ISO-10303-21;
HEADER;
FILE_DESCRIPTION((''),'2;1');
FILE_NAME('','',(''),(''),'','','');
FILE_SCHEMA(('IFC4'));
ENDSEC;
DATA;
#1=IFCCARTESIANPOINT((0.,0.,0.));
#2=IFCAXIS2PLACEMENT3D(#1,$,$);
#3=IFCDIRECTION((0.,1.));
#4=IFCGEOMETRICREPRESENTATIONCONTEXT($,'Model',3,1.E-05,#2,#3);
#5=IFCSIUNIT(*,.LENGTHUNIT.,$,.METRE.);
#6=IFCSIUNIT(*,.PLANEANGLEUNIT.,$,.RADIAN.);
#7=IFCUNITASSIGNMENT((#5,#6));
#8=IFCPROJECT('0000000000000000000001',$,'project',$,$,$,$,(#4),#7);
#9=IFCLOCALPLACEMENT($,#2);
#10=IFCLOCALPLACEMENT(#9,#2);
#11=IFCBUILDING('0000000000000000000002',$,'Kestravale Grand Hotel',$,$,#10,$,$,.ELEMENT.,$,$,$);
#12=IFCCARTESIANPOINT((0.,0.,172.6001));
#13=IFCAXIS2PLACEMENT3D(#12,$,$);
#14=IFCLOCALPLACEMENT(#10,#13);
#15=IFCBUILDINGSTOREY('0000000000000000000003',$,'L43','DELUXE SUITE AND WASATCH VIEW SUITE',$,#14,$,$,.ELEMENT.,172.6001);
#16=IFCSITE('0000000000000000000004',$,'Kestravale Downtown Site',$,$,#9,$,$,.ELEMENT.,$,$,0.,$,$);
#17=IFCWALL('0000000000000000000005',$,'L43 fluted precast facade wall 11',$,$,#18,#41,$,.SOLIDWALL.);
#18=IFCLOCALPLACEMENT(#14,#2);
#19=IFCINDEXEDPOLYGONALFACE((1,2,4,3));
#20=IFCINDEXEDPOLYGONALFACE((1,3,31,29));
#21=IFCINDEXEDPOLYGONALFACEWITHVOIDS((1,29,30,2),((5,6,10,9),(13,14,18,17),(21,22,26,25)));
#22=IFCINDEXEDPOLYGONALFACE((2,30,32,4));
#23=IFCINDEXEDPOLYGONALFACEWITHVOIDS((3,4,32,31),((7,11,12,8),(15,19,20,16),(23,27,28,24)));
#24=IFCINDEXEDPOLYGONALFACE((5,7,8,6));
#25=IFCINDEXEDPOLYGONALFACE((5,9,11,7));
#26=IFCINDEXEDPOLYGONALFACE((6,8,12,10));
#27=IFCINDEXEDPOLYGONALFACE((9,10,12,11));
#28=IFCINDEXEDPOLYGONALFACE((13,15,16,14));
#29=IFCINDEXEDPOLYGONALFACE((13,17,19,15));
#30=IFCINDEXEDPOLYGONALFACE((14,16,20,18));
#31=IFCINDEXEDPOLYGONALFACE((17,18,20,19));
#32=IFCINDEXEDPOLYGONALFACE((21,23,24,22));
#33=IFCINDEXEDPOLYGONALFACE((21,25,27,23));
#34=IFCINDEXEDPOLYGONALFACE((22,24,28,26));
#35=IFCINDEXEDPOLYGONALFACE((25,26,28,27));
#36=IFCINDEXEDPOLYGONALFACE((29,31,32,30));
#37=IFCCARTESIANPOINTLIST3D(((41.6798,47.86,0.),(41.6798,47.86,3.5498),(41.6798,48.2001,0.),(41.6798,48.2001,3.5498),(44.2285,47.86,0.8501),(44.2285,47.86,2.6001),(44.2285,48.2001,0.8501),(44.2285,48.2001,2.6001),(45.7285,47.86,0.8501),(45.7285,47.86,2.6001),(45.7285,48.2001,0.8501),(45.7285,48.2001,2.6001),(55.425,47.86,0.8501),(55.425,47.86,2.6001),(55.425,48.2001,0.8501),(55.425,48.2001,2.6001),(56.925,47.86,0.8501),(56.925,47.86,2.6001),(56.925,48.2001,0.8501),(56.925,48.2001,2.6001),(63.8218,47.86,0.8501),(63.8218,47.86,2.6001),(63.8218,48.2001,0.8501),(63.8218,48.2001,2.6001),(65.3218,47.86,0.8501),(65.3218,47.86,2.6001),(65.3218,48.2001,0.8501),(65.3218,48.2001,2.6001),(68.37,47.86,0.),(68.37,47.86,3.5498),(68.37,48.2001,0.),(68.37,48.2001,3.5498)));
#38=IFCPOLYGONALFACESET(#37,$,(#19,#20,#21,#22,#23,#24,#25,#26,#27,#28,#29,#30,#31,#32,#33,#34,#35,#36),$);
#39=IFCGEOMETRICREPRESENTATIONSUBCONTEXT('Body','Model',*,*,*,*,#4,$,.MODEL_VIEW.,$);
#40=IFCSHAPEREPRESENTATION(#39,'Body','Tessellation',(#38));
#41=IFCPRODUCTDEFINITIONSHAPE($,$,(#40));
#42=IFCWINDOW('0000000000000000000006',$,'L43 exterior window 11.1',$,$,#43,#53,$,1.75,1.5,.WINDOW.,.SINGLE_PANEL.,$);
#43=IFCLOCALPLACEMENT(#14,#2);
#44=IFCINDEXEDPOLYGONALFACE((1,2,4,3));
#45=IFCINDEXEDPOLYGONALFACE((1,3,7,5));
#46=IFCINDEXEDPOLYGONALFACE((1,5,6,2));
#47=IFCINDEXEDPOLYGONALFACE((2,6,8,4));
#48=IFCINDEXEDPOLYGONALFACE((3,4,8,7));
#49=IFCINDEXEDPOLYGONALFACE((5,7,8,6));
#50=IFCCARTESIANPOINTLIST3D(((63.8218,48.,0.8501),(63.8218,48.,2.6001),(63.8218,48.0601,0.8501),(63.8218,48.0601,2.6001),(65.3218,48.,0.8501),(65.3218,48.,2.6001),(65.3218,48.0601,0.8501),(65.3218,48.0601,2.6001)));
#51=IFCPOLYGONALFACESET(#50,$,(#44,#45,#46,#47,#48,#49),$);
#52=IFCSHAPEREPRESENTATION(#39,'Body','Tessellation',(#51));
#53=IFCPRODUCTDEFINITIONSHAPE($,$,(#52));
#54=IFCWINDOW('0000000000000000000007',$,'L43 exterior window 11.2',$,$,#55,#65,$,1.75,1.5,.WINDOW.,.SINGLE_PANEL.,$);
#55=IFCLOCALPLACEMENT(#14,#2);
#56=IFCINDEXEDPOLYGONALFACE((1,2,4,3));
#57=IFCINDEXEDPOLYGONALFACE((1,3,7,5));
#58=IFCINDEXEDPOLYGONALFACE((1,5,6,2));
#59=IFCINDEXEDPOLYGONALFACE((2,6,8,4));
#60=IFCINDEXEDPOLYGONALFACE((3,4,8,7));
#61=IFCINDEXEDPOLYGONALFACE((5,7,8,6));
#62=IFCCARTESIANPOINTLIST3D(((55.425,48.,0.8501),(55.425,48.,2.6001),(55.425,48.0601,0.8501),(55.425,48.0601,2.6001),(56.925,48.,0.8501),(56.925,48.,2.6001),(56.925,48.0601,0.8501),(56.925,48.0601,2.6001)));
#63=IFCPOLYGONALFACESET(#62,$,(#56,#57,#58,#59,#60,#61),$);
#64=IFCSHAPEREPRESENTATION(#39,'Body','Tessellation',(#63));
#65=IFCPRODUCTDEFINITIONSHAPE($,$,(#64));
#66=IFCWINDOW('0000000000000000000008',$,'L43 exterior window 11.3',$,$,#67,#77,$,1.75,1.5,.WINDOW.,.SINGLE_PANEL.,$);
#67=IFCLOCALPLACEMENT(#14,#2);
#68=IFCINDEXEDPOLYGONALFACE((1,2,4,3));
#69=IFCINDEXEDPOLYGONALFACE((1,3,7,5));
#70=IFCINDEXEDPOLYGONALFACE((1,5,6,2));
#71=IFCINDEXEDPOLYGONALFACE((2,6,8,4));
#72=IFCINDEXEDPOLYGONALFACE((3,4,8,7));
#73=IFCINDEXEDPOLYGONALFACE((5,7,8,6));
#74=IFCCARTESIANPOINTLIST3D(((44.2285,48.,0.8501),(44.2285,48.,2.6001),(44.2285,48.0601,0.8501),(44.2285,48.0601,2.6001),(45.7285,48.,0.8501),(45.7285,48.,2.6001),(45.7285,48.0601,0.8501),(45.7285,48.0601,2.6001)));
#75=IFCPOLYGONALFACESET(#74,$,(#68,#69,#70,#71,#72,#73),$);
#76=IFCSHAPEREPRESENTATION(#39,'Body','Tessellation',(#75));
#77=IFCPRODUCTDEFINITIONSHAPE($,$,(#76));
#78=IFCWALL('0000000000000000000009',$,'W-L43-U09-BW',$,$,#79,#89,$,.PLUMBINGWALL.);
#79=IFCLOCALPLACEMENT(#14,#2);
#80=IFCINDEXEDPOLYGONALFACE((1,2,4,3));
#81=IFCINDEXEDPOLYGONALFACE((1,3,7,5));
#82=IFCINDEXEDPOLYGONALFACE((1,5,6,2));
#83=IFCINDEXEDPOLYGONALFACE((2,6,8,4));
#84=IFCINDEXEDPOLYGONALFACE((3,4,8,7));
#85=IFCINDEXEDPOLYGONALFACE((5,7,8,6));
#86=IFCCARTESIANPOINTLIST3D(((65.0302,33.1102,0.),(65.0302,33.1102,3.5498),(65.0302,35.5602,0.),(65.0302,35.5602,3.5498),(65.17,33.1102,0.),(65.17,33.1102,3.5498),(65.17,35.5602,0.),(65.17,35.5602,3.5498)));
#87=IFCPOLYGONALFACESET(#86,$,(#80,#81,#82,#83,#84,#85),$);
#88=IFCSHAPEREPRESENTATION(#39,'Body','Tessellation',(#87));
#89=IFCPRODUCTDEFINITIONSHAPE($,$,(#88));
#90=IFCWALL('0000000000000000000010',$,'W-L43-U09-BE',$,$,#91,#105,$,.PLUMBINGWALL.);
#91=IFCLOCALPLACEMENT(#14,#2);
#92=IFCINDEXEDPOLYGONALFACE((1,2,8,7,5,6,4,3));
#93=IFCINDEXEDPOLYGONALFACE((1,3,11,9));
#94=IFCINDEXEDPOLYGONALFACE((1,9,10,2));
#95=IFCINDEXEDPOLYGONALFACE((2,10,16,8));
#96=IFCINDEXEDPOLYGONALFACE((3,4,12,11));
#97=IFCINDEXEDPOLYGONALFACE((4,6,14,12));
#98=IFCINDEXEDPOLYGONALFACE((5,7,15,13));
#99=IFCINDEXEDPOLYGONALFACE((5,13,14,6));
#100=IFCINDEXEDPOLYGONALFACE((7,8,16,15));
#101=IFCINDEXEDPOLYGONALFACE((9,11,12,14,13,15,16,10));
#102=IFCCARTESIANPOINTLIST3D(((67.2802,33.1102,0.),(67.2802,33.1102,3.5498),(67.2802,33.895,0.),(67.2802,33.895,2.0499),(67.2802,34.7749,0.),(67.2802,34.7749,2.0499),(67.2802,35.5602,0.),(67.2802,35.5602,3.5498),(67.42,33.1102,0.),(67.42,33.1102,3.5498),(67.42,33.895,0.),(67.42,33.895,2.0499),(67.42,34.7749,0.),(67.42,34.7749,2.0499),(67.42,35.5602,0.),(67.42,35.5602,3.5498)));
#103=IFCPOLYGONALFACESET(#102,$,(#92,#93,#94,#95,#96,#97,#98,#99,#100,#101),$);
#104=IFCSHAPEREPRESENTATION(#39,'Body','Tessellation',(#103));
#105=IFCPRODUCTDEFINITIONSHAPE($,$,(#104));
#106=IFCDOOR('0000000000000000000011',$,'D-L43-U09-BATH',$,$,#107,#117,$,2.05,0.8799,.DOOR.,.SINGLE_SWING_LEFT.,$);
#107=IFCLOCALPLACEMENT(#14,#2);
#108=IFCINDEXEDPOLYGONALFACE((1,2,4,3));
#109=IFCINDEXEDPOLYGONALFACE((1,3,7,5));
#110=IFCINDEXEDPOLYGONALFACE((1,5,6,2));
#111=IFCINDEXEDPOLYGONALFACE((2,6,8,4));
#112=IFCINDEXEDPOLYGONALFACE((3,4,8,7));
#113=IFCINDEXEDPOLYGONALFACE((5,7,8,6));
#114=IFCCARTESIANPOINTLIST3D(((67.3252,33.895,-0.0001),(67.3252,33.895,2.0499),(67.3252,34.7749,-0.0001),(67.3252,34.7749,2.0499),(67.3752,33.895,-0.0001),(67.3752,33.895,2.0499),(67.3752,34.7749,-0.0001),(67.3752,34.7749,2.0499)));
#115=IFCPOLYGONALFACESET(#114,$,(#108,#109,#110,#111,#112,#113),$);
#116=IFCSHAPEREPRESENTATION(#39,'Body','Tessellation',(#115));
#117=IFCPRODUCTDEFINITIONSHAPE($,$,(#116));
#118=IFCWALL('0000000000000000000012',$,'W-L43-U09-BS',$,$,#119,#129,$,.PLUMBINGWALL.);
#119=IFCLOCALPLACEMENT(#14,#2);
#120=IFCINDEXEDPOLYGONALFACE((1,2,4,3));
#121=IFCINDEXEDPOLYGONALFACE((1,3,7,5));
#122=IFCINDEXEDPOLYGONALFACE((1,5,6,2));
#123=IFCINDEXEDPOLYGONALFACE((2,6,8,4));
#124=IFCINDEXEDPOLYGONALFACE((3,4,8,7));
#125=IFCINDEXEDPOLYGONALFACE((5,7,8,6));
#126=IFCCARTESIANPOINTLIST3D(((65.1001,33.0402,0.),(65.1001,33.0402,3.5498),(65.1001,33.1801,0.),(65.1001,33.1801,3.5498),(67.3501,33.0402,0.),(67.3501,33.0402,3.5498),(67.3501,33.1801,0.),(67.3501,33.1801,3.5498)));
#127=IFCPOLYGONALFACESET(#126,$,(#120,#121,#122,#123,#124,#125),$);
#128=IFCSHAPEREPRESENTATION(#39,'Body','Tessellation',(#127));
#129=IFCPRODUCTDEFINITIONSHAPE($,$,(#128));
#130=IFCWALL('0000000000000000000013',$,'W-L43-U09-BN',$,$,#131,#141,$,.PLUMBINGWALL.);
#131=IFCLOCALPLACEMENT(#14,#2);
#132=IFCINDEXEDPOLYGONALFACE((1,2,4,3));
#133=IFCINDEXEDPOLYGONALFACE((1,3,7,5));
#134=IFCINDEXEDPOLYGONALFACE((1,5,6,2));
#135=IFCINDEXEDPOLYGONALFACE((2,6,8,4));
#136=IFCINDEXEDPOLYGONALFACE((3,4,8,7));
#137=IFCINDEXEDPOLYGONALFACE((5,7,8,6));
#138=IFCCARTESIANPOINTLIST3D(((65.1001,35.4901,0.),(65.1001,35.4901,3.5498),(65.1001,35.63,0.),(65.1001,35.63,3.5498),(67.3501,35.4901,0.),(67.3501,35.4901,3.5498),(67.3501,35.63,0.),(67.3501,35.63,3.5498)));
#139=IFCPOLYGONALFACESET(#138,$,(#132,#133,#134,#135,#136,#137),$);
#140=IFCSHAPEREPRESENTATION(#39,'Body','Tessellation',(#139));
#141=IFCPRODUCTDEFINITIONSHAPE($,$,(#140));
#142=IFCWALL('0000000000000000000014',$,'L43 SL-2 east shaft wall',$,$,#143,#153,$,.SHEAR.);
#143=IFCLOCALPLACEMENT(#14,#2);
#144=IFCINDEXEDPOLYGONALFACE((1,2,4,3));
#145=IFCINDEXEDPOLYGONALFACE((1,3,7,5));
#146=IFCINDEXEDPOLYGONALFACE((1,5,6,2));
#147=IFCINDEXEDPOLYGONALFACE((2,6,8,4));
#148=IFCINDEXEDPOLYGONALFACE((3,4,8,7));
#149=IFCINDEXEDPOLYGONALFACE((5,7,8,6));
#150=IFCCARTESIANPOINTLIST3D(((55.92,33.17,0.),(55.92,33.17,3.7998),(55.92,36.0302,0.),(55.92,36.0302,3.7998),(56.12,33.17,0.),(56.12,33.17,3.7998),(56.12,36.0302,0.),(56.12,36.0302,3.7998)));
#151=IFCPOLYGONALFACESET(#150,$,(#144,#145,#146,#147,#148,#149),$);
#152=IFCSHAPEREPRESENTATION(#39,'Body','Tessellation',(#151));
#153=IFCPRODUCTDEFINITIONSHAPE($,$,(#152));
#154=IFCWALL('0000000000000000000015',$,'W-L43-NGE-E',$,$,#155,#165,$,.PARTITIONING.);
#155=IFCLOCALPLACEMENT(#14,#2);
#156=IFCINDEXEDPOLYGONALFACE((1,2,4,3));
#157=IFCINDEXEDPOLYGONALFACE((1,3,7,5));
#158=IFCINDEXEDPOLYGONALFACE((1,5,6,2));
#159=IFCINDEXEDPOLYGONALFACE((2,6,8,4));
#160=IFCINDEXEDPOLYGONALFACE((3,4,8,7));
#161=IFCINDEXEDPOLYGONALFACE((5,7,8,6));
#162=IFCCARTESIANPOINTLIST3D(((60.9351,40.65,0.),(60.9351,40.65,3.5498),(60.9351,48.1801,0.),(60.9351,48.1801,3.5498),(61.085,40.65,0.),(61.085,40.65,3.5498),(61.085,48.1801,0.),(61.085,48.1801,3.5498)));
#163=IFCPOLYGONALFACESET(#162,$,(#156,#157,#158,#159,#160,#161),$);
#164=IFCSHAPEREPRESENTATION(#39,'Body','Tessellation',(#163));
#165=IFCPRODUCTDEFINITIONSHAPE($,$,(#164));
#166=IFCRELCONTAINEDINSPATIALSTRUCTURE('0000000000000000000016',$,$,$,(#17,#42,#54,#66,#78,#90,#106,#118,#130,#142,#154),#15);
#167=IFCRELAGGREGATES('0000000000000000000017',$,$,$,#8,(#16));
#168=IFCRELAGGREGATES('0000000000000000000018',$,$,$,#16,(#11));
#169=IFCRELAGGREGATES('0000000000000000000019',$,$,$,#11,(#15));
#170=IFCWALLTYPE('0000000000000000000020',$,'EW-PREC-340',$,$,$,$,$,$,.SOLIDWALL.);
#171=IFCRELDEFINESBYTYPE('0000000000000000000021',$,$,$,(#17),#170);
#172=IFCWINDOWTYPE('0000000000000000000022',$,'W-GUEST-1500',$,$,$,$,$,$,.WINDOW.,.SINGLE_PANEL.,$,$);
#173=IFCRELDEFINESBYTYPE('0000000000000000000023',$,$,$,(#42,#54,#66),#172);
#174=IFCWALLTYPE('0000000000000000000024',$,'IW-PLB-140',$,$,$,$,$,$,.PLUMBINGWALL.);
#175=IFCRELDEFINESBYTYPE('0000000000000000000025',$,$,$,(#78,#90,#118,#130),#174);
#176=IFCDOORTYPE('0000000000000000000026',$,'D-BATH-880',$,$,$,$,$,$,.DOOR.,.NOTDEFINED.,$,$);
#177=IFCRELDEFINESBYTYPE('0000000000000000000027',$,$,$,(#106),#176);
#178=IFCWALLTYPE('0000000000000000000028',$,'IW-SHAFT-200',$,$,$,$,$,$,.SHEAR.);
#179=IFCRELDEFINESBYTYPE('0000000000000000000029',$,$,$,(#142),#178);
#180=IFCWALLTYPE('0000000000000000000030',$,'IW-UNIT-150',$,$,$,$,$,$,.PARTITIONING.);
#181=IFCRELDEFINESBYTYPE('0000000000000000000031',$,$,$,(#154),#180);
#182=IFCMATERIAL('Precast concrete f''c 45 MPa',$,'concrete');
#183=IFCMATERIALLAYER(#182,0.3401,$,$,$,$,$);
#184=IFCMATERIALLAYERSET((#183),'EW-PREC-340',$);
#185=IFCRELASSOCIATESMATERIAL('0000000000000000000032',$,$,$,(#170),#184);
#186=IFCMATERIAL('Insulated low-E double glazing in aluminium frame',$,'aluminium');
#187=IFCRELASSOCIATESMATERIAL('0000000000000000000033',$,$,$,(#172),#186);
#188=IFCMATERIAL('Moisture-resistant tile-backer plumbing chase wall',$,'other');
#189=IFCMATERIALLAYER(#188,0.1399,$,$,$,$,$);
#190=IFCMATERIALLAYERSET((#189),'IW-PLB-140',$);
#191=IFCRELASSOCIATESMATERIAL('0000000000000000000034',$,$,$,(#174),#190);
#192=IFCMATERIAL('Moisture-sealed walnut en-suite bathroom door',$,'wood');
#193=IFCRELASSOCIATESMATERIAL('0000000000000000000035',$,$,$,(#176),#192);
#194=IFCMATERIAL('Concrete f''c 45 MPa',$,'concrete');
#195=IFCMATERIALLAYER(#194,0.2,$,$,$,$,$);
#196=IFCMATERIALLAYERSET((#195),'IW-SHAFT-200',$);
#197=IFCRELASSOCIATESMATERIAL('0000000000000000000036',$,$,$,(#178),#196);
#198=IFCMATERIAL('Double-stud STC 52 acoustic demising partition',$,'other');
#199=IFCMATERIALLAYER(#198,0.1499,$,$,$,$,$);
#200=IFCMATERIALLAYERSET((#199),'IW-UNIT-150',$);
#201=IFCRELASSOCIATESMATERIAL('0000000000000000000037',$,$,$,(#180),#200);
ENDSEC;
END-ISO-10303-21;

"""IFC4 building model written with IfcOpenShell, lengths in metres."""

from ifc_helpers import new_model, si_unit, direction, frame, frame_2d, origin, place, context, subcontext, project, spatial, rectangle, extrude, material, layer, layer_set, type_object, element, fill, save


model = new_model("IFC4")

# Units and contexts
model_context = context("Model", 3, precision=1e-05, world=origin(), true_north=direction((0.0, 1.0)))
body_context = subcontext(model_context, "Body", "Model", "MODEL_VIEW")
ifc_project = project(units=[si_unit("LENGTHUNIT", "METRE"), si_unit("PLANEANGLEUNIT", "RADIAN")], contexts=[model_context])

# Site, building, storey
site_placement = place(None, origin())
site = spatial("IfcSite", under=ifc_project, at=site_placement, Name="Kestravale Downtown Site", CompositionType="ELEMENT", RefElevation=0.0)
building_placement = place(site_placement, origin())
building = spatial("IfcBuilding", under=site, at=building_placement, Name="Kestravale Grand Hotel", CompositionType="ELEMENT")
storey_placement = place(building_placement, frame((0.0, 0.0, 172.6001)))
storey = spatial("IfcBuildingStorey", under=building, at=storey_placement, Name="L43", Description="DELUXE SUITE AND WASATCH VIEW SUITE", CompositionType="ELEMENT", Elevation=172.6001)

# Shared definitions
ifc_material_1 = material(Name="Precast concrete f'c 45 MPa", Category="concrete")
ifc_layer_1 = layer(ifc_material_1, 0.3401)
ifc_layer_set_1 = layer_set([ifc_layer_1], Name="EW-PREC-340")
wall_type_1 = type_object("IfcWallType", Name="EW-PREC-340", PredefinedType="SOLIDWALL", material=ifc_layer_set_1)
ifc_material_2 = material(Name="Insulated low-E double glazing in aluminium frame", Category="aluminium")
window_type = type_object("IfcWindowType", Name="W-GUEST-1500", PartitioningType="SINGLE_PANEL", PredefinedType="WINDOW", material=ifc_material_2)

# Wall, openings, windows
wall_1_placement = place(storey_placement, frame((68.3701, 48.03, 0.0), z_axis=(0.0, 0.0, 1.0), x_axis=(-1.0, 0.0, 0.0)))
wall_1 = element("IfcWall", 1, at=wall_1_placement, inside=storey, type_object=wall_type_1, Name="L43 fluted precast facade wall 11", PredefinedType="SOLIDWALL", context=body_context, shape_type="SweptSolid", body=[
    extrude(rectangle(XDim=26.6902, YDim=0.3401, at=frame_2d((13.3452, 0.0))), origin(), (0.0, 0.0, 1.0), 3.5498),
])
opening_1_placement = place(wall_1_placement, frame((3.0483, 0.0, 0.8501)))
opening_1 = element("IfcOpeningElement", 2, at=opening_1_placement, cuts=wall_1, PredefinedType="OPENING", context=body_context, shape_type="SweptSolid", body=[
    extrude(rectangle(XDim=1.5, YDim=1.75, at=frame_2d((0.75, 0.875))), frame((0.0, 0.1799, 0.0), z_axis=(0.0, -1.0, 0.0), x_axis=(1.0, 0.0, 0.0)), (0.0, 0.0, 1.0), 0.3601),
])
opening_2_placement = place(wall_1_placement, frame((11.4451, 0.0, 0.8501)))
opening_2 = element("IfcOpeningElement", 3, at=opening_2_placement, cuts=wall_1, PredefinedType="OPENING", context=body_context, shape_type="SweptSolid", body=[
    extrude(rectangle(XDim=1.5, YDim=1.75, at=frame_2d((0.75, 0.875))), frame((0.0, 0.1799, 0.0), z_axis=(0.0, -1.0, 0.0), x_axis=(1.0, 0.0, 0.0)), (0.0, 0.0, 1.0), 0.3601),
])
opening_3_placement = place(wall_1_placement, frame((22.6416, 0.0, 0.8501)))
opening_3 = element("IfcOpeningElement", 4, at=opening_3_placement, cuts=wall_1, PredefinedType="OPENING", context=body_context, shape_type="SweptSolid", body=[
    extrude(rectangle(XDim=1.5, YDim=1.75, at=frame_2d((0.75, 0.875))), frame((0.0, 0.1799, 0.0), z_axis=(0.0, -1.0, 0.0), x_axis=(1.0, 0.0, 0.0)), (0.0, 0.0, 1.0), 0.3601),
])
window_1_placement = place(opening_1_placement, origin())
window_1 = element("IfcWindow", 5, at=window_1_placement, inside=storey, type_object=window_type, Name="L43 exterior window 11.1", OverallHeight=1.75, OverallWidth=1.5, PartitioningType="SINGLE_PANEL", PredefinedType="WINDOW", context=body_context, shape_type="SweptSolid", body=[
    extrude(rectangle(XDim=1.5, YDim=1.75, at=frame_2d((0.75, 0.875))), frame((0.0, 0.03, 0.0), z_axis=(0.0, -1.0, 0.0), x_axis=(1.0, 0.0, 0.0)), (0.0, 0.0, 1.0), 0.0601),
])
fill(opening_1, window_1)
window_2_placement = place(opening_2_placement, origin())
window_2 = element("IfcWindow", 6, at=window_2_placement, inside=storey, type_object=window_type, Name="L43 exterior window 11.2", OverallHeight=1.75, OverallWidth=1.5, PartitioningType="SINGLE_PANEL", PredefinedType="WINDOW", context=body_context, shape_type="SweptSolid", body=[
    extrude(rectangle(XDim=1.5, YDim=1.75, at=frame_2d((0.75, 0.875))), frame((0.0, 0.03, 0.0), z_axis=(0.0, -1.0, 0.0), x_axis=(1.0, 0.0, 0.0)), (0.0, 0.0, 1.0), 0.0601),
])
fill(opening_2, window_2)
window_3_placement = place(opening_3_placement, origin())
window_3 = element("IfcWindow", 7, at=window_3_placement, inside=storey, type_object=window_type, Name="L43 exterior window 11.3", OverallHeight=1.75, OverallWidth=1.5, PartitioningType="SINGLE_PANEL", PredefinedType="WINDOW", context=body_context, shape_type="SweptSolid", body=[
    extrude(rectangle(XDim=1.5, YDim=1.75, at=frame_2d((0.75, 0.875))), frame((0.0, 0.03, 0.0), z_axis=(0.0, -1.0, 0.0), x_axis=(1.0, 0.0, 0.0)), (0.0, 0.0, 1.0), 0.0601),
])
fill(opening_3, window_3)

# Wall
ifc_material_3 = material(Name="Moisture-resistant tile-backer plumbing chase wall", Category="other")
ifc_layer_2 = layer(ifc_material_3, 0.1399)
ifc_layer_set_2 = layer_set([ifc_layer_2], Name="IW-PLB-140")
wall_type_2 = type_object("IfcWallType", Name="IW-PLB-140", PredefinedType="PLUMBINGWALL", material=ifc_layer_set_2)
wall_2_placement = place(storey_placement, frame((65.1001, 33.1101, 0.0), z_axis=(0.0, 0.0, 1.0), x_axis=(0.0, 1.0, 0.0)))
element("IfcWall", 8, at=wall_2_placement, inside=storey, type_object=wall_type_2, Name="W-L43-U09-BW", PredefinedType="PLUMBINGWALL", context=body_context, shape_type="SweptSolid", body=[
    extrude(rectangle(XDim=2.45, YDim=0.1399, at=frame_2d((1.2251, 0.0))), origin(), (0.0, 0.0, 1.0), 3.5498),
])

# Wall, opening, door
wall_3_placement = place(storey_placement, frame((67.3501, 33.1101, 0.0), z_axis=(0.0, 0.0, 1.0), x_axis=(0.0, 1.0, 0.0)))
wall_3 = element("IfcWall", 9, at=wall_3_placement, inside=storey, type_object=wall_type_2, Name="W-L43-U09-BE", PredefinedType="PLUMBINGWALL", context=body_context, shape_type="SweptSolid", body=[
    extrude(rectangle(XDim=2.45, YDim=0.1399, at=frame_2d((1.2251, 0.0))), origin(), (0.0, 0.0, 1.0), 3.5498),
])
opening_4_placement = place(wall_3_placement, frame((0.7849, 0.0, 0.0)))
opening_4 = element("IfcOpeningElement", 10, at=opening_4_placement, cuts=wall_3, PredefinedType="OPENING", context=body_context, shape_type="SweptSolid", body=[
    extrude(rectangle(XDim=0.8799, YDim=2.05, at=frame_2d((0.4399, 1.0249))), frame((0.0, 0.0798, 0.0), z_axis=(0.0, -1.0, 0.0), x_axis=(1.0, 0.0, 0.0)), (0.0, 0.0, 1.0), 0.1599),
])
ifc_material_4 = material(Name="Moisture-sealed walnut en-suite bathroom door", Category="wood")
door_type_1 = type_object("IfcDoorType", Name="D-BATH-880", OperationType="NOTDEFINED", PredefinedType="DOOR", material=ifc_material_4)
door_1_placement = place(opening_4_placement, origin())
door_1 = element("IfcDoor", 11, at=door_1_placement, inside=storey, type_object=door_type_1, Name="D-L43-U09-BATH", OperationType="SINGLE_SWING_LEFT", OverallHeight=2.05, OverallWidth=0.8799, PredefinedType="DOOR", context=body_context, shape_type="SweptSolid", body=[
    extrude(rectangle(XDim=0.8799, YDim=2.05, at=frame_2d((0.4399, 1.0249))), frame((0.0, 0.0249, 0.0), z_axis=(0.0, -1.0, 0.0), x_axis=(1.0, 0.0, 0.0)), (0.0, 0.0, 1.0), 0.05),
])
fill(opening_4, door_1)

# Walls
for number, where, z_axis, x_axis, name in (
    (12, (65.1001, 33.1101, 0.0), (0.0, 0.0, 1.0), (1.0, 0.0, 0.0), "W-L43-U09-BS"),
    (13, (65.1001, 35.5601, 0.0), (0.0, 0.0, 1.0), (1.0, 0.0, 0.0), "W-L43-U09-BN"),
):
    element("IfcWall", number, at=place(storey_placement, frame(where, z_axis=z_axis, x_axis=x_axis)), inside=storey, type_object=wall_type_2, Name=name, PredefinedType="PLUMBINGWALL", context=body_context, shape_type="SweptSolid", body=[
        extrude(rectangle(XDim=2.25, YDim=0.1399, at=frame_2d((1.125, 0.0))), origin(), (0.0, 0.0, 1.0), 3.5498),
    ])
ifc_material_5 = material(Name="Concrete f'c 45 MPa", Category="concrete")
ifc_layer_3 = layer(ifc_material_5, 0.2)
ifc_layer_set_3 = layer_set([ifc_layer_3], Name="IW-SHAFT-200")
wall_type_3 = type_object("IfcWallType", Name="IW-SHAFT-200", PredefinedType="SHEAR", material=ifc_layer_set_3)
wall_4_placement = place(storey_placement, frame((56.02, 33.1699, 0.0), z_axis=(0.0, 0.0, 1.0), x_axis=(0.0, 1.0, 0.0)))
element("IfcWall", 14, at=wall_4_placement, inside=storey, type_object=wall_type_3, Name="L43 SL-2 east shaft wall", PredefinedType="SHEAR", context=body_context, shape_type="SweptSolid", body=[
    extrude(rectangle(XDim=2.8601, YDim=0.2, at=frame_2d((1.4302, 0.0))), origin(), (0.0, 0.0, 1.0), 3.7998),
])

# Shared definitions
ifc_material_6 = material(Name="Double-stud STC 52 acoustic demising partition", Category="other")
ifc_layer_4 = layer(ifc_material_6, 0.1499)
ifc_layer_set_4 = layer_set([ifc_layer_4], Name="IW-UNIT-150")
wall_type_4 = type_object("IfcWallType", Name="IW-UNIT-150", PredefinedType="PARTITIONING", material=ifc_layer_set_4)

# Wall
wall_5_placement = place(storey_placement, frame((61.01, 40.6499, 0.0), z_axis=(0.0, 0.0, 1.0), x_axis=(0.0, 1.0, 0.0)))
element("IfcWall", 15, at=wall_5_placement, inside=storey, type_object=wall_type_4, Name="W-L43-NGE-E", PredefinedType="PARTITIONING", context=body_context, shape_type="SweptSolid", body=[
    extrude(rectangle(XDim=7.53, YDim=0.1499, at=frame_2d((3.7651, 0.0))), origin(), (0.0, 0.0, 1.0), 3.5498),
])

save(model, "model.ifc")
